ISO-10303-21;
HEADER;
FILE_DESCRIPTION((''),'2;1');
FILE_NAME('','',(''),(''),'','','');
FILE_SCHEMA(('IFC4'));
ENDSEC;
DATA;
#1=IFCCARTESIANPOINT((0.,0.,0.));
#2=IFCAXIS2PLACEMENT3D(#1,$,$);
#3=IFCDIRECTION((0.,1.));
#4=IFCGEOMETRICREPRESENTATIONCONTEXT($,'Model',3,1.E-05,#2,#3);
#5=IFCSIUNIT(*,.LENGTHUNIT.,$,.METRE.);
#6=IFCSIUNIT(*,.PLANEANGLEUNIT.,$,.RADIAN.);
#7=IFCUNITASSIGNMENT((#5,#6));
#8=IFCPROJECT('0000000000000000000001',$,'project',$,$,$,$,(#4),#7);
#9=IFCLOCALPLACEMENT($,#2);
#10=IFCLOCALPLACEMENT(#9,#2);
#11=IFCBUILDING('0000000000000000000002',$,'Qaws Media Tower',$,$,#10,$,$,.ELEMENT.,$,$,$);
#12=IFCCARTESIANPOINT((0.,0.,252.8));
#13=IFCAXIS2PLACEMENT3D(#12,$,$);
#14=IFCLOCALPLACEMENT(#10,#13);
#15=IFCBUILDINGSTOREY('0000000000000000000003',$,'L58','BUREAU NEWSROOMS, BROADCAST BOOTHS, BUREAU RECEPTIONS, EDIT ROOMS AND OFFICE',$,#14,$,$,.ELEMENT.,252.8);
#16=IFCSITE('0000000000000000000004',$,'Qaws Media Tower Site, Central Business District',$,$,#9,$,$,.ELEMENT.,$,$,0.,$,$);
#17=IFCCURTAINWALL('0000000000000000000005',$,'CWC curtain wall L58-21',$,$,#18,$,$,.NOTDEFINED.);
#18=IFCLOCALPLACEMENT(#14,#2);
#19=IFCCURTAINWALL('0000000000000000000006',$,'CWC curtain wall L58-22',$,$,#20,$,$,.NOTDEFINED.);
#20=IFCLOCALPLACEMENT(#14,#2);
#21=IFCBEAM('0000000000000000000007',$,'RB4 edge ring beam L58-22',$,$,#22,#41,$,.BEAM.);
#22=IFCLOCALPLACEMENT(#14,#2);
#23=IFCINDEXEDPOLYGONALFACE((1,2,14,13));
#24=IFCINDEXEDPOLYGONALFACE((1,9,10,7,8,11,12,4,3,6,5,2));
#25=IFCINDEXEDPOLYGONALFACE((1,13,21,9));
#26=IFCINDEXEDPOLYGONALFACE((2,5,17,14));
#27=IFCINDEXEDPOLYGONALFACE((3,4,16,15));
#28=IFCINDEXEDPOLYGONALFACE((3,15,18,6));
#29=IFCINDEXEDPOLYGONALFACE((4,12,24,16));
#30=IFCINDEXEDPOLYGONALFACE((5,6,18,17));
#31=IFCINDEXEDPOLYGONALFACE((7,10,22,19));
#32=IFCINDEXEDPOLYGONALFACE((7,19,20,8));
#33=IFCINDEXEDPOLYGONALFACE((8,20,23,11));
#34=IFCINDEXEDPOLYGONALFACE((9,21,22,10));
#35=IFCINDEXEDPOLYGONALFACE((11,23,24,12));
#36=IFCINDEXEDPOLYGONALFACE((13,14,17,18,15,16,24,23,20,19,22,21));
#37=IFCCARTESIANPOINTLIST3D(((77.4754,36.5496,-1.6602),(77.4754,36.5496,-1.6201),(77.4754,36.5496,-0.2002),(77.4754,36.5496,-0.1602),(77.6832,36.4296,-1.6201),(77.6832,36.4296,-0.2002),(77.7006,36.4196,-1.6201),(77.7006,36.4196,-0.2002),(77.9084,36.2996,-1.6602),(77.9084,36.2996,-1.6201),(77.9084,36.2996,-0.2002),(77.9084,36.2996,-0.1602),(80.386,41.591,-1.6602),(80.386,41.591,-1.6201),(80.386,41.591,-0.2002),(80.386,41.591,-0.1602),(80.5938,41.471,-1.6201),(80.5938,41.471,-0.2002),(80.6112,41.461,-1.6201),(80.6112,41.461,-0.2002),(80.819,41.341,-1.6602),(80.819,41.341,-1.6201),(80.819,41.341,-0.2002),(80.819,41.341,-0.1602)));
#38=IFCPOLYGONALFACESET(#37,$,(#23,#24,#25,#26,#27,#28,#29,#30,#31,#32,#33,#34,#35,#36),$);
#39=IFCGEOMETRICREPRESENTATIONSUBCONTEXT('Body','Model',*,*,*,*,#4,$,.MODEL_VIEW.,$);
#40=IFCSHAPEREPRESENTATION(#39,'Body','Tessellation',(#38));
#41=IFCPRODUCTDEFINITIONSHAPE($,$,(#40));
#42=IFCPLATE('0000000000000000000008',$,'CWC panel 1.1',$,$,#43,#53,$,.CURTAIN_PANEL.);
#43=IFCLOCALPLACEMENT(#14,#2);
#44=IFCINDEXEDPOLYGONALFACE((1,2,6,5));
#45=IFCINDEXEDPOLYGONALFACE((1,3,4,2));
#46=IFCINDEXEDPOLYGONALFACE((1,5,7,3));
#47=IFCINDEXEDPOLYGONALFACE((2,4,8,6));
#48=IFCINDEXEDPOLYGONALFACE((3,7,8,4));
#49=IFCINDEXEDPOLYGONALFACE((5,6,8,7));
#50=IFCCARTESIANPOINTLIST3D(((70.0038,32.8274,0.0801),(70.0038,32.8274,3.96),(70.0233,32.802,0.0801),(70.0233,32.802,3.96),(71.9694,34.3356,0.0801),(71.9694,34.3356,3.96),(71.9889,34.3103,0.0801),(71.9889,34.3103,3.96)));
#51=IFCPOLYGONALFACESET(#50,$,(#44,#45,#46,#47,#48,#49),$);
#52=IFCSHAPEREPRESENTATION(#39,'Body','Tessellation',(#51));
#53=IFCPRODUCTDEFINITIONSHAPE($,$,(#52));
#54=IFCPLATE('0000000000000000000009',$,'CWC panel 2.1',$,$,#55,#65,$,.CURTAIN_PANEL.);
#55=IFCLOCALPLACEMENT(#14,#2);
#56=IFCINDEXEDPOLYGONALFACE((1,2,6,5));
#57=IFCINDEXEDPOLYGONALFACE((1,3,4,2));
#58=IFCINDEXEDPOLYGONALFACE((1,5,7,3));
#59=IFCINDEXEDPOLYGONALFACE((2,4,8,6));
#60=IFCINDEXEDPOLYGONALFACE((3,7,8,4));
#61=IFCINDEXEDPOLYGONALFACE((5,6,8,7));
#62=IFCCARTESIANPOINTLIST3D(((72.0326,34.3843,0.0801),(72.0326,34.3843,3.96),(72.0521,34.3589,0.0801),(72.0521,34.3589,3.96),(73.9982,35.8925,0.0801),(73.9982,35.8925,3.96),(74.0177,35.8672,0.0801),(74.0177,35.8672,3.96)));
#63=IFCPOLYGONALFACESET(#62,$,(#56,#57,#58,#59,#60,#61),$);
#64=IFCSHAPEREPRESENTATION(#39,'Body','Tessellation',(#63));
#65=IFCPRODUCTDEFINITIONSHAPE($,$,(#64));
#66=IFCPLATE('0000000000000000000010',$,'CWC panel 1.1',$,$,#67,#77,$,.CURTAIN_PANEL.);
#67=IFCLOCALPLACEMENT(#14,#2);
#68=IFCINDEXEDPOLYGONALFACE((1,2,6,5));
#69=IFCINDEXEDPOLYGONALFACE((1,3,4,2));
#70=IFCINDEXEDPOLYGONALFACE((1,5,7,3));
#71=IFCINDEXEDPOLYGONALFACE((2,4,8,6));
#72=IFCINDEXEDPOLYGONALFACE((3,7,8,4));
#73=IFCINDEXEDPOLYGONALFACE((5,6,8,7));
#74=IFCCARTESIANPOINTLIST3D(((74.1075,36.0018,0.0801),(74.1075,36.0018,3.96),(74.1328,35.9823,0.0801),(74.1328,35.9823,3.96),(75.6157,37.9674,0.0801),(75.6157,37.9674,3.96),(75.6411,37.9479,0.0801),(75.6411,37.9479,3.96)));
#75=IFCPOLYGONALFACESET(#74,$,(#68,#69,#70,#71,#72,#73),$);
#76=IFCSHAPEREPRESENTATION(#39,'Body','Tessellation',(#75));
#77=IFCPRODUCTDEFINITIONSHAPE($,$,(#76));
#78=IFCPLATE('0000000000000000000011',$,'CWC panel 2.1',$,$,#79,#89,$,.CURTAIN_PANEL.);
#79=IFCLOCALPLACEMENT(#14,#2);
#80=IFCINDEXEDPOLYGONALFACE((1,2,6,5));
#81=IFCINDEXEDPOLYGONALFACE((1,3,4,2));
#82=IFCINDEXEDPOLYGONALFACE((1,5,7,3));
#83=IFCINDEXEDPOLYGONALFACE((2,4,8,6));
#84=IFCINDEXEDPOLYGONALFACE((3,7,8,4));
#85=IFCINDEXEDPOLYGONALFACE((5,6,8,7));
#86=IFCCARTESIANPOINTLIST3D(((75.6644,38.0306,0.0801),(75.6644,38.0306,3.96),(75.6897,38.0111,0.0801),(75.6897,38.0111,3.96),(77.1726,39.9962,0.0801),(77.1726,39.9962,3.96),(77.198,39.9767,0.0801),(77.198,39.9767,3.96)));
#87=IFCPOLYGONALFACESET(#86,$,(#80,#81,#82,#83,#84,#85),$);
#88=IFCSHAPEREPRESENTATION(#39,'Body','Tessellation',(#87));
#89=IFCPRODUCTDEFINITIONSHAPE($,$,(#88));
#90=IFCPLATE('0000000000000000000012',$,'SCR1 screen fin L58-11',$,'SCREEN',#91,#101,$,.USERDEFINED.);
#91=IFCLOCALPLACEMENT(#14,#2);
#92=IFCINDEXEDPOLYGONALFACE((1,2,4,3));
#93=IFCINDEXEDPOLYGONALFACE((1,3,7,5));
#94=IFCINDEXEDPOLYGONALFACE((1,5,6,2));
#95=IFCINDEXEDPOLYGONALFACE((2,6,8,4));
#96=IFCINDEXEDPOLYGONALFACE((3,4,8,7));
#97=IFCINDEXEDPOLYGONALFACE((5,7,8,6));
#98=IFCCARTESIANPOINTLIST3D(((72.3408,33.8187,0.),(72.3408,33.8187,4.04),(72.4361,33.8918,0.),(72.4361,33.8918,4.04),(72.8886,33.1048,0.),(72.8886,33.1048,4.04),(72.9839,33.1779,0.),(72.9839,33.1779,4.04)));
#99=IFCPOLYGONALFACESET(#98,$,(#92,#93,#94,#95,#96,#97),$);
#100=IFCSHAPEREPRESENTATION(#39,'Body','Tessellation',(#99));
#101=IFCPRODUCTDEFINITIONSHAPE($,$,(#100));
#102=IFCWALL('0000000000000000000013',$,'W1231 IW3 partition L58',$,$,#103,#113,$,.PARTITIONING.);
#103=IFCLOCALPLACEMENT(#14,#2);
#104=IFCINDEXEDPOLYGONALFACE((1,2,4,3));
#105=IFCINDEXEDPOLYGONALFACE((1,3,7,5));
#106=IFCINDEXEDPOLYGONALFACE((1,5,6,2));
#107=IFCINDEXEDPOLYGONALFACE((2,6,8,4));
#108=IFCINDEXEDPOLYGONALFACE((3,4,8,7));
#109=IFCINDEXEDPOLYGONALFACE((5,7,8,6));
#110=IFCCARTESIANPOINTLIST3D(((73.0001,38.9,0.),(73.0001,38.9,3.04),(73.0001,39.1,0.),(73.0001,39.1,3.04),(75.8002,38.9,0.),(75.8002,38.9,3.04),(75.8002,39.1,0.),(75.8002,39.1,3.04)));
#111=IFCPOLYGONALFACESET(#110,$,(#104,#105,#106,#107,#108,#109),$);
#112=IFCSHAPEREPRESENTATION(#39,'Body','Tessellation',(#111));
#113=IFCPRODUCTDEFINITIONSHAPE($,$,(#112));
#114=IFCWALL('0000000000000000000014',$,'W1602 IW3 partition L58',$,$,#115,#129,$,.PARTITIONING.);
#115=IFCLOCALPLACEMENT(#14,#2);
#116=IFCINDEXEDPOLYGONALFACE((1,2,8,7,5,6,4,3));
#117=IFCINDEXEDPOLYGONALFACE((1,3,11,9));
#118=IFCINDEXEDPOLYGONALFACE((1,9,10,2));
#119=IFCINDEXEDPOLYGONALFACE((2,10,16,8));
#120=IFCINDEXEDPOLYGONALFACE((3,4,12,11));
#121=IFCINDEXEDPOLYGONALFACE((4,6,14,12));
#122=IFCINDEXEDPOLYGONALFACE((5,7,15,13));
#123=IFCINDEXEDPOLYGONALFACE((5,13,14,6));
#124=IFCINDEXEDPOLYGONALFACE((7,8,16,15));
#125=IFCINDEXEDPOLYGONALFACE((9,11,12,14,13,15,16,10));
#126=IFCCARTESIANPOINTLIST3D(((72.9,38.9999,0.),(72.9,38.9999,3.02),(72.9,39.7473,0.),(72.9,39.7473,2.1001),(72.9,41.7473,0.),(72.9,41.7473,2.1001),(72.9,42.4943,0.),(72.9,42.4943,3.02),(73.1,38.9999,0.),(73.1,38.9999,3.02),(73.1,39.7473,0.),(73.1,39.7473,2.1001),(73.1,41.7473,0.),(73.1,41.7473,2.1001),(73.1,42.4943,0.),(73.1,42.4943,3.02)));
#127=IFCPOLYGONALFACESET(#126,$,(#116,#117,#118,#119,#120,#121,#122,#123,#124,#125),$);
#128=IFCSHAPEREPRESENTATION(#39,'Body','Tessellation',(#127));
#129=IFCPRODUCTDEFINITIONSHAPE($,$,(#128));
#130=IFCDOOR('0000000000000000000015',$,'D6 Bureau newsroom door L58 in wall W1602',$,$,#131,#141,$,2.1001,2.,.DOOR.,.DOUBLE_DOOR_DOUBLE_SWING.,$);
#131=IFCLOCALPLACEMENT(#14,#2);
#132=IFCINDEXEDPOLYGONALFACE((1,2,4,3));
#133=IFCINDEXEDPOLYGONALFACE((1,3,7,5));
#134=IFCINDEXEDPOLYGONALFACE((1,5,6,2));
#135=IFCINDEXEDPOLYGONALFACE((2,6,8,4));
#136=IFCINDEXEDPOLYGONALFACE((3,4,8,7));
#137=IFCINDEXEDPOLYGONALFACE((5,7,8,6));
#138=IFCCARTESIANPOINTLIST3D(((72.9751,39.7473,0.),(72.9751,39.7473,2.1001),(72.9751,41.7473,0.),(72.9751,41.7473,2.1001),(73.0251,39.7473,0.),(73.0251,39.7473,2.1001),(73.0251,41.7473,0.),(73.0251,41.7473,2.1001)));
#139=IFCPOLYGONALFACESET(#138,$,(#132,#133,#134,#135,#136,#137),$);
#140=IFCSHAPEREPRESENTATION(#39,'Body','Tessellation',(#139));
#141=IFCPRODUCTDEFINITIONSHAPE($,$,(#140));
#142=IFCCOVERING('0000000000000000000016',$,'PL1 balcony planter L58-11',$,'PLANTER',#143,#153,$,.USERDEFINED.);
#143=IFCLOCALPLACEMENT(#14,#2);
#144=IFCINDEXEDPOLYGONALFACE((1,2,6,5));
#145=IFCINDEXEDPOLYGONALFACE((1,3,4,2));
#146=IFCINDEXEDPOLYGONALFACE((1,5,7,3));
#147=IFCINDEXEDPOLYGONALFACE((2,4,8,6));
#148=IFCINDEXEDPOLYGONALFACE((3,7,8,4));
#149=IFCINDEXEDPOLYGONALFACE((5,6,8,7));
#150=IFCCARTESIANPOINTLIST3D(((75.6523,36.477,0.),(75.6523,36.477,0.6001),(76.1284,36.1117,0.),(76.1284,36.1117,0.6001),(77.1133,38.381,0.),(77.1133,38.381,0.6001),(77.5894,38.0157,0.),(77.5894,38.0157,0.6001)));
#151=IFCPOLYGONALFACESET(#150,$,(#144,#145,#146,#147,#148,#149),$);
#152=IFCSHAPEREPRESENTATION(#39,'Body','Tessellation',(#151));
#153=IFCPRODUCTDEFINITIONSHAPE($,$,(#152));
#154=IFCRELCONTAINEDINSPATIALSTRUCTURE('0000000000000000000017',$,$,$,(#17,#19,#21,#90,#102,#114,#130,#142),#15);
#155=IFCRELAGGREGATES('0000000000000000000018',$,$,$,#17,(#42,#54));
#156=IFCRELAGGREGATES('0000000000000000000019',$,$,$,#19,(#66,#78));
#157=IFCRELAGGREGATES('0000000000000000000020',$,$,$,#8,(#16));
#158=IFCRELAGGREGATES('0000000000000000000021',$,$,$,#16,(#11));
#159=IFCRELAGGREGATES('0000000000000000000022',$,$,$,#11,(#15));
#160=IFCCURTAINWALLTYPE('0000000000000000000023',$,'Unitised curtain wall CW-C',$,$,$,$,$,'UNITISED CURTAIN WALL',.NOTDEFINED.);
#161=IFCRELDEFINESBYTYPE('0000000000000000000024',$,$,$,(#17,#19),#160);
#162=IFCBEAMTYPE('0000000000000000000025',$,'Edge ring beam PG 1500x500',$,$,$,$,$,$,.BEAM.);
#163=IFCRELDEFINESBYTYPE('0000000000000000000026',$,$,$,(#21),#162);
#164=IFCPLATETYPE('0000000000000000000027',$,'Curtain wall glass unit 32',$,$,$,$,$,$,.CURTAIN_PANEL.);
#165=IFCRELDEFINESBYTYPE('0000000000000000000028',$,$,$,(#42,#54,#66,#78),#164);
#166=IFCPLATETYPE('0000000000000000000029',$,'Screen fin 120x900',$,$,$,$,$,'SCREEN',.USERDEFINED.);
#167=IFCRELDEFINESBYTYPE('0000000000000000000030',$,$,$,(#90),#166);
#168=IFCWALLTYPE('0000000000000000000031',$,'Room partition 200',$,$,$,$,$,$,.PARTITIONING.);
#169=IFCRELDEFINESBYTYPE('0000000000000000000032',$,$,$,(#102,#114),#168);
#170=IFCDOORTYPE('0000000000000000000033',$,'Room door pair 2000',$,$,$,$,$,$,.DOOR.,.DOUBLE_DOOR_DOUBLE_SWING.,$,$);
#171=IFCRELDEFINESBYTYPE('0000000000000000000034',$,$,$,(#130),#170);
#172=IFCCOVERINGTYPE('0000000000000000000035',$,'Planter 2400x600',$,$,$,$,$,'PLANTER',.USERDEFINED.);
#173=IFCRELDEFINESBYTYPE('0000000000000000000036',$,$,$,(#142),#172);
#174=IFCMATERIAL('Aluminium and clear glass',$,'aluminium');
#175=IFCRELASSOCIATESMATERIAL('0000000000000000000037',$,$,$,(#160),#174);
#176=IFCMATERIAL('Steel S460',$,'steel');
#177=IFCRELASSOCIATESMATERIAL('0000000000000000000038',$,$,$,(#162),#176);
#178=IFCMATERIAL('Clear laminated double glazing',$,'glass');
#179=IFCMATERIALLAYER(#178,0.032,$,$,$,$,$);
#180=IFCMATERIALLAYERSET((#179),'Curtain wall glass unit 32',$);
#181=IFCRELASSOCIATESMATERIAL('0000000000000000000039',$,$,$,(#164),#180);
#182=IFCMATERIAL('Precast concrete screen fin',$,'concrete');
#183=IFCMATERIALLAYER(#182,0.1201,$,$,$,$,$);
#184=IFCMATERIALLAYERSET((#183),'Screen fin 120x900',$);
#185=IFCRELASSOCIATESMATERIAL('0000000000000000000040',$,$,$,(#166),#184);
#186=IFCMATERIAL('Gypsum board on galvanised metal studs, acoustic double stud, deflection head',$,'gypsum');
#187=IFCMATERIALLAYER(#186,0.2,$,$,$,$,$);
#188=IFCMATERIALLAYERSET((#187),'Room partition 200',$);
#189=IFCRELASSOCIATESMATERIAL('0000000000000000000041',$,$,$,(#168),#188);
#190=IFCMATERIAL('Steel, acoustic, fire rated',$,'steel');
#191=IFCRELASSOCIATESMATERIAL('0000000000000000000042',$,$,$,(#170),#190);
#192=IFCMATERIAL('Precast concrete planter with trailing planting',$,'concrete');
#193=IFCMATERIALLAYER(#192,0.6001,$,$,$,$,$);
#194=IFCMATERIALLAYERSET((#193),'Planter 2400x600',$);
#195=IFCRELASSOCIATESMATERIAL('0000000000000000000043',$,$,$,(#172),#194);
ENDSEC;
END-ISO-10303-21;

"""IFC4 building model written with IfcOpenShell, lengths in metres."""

from ifc_helpers import new_model, si_unit, direction, frame, frame_2d, origin, origin_2d, place, context, subcontext, project, spatial, rectangle, i_section, extrude, material, layer, layer_set, material_profile, profile_set, type_object, element, fill, aggregate, save


model = new_model("IFC4")

# Units and contexts
model_context = context("Model", 3, precision=1e-05, world=origin(), true_north=direction((0.0, 1.0)))
body_context = subcontext(model_context, "Body", "Model", "MODEL_VIEW")
ifc_project = project(units=[si_unit("LENGTHUNIT", "METRE"), si_unit("PLANEANGLEUNIT", "RADIAN")], contexts=[model_context])

# Site, building, storey
site_placement = place(None, origin())
site = spatial("IfcSite", under=ifc_project, at=site_placement, Name="Qaws Media Tower Site, Central Business District", CompositionType="ELEMENT", RefElevation=0.0)
building_placement = place(site_placement, origin())
building = spatial("IfcBuilding", under=site, at=building_placement, Name="Qaws Media Tower", CompositionType="ELEMENT")
storey_placement = place(building_placement, frame((0.0, 0.0, 252.8)))
storey = spatial("IfcBuildingStorey", under=building, at=storey_placement, Name="L58", Description="BUREAU NEWSROOMS, BROADCAST BOOTHS, BUREAU RECEPTIONS, EDIT ROOMS AND OFFICE", CompositionType="ELEMENT", Elevation=252.8)

# Curtain walls
ifc_material_1 = material(Name="Aluminium and clear glass", Category="aluminium")
curtain_wall_type = type_object("IfcCurtainWallType", Name="Unitised curtain wall CW-C", ElementType="UNITISED CURTAIN WALL", PredefinedType="NOTDEFINED", material=ifc_material_1)
curtain_wall_1_placement = place(storey_placement, origin())
curtain_wall_1 = element("IfcCurtainWall", 1, at=curtain_wall_1_placement, inside=storey, type_object=curtain_wall_type, Name="CWC curtain wall L58-21", PredefinedType="NOTDEFINED")
curtain_wall_2_placement = place(storey_placement, origin())
curtain_wall_2 = element("IfcCurtainWall", 2, at=curtain_wall_2_placement, inside=storey, type_object=curtain_wall_type, Name="CWC curtain wall L58-22", PredefinedType="NOTDEFINED")

# Beam
ifc_material_2 = material(Name="Steel S460", Category="steel")
ifc_material_profile_1 = material_profile(ifc_material_2, i_section(OverallWidth=0.5, OverallDepth=1.5, WebThickness=0.02, FlangeThickness=0.04, at=origin_2d()), Name="PG 1500x500")
ifc_profile_set_1 = profile_set([ifc_material_profile_1], Name="Steel S460")
beam_type = type_object("IfcBeamType", Name="Edge ring beam PG 1500x500", PredefinedType="BEAM", material=ifc_profile_set_1)
beam_1_placement = place(storey_placement, frame((77.6919, 36.4246, -0.9102), z_axis=(0.499991, 0.866031, 0.0), x_axis=(-0.866031, 0.499991, 0.0)))
element("IfcBeam", 3, at=beam_1_placement, inside=storey, type_object=beam_type, Name="RB4 edge ring beam L58-22", PredefinedType="BEAM", context=body_context, shape_type="SweptSolid", body=[
    extrude(i_section(OverallWidth=0.5, OverallDepth=1.5, WebThickness=0.02, FlangeThickness=0.04, at=origin_2d()), origin(), (0.0, 0.0, 1.0), 5.8213),
])

# Plates
ifc_material_3 = material(Name="Clear laminated double glazing", Category="glass")
ifc_layer_1 = layer(ifc_material_3, 0.032)
ifc_layer_set_1 = layer_set([ifc_layer_1], Name="Curtain wall glass unit 32")
plate_type_1 = type_object("IfcPlateType", Name="Curtain wall glass unit 32", PredefinedType="CURTAIN_PANEL", material=ifc_layer_set_1)
plate_1_placement = place(storey_placement, frame((70.9963, 33.5688, 0.0801), z_axis=(0.0, 0.0, 1.0), x_axis=(0.793353, 0.608761, 0.0)))
plate_1 = element("IfcPlate", 4, at=plate_1_placement, type_object=plate_type_1, Name="CWC panel 1.1", PredefinedType="CURTAIN_PANEL", context=body_context, shape_type="SweptSolid", body=[
    extrude(rectangle(XDim=2.4775, YDim=0.032, at=origin_2d()), origin(), (0.0, 0.0, 1.0), 3.8799),
])
plate_2_placement = place(storey_placement, frame((73.0251, 35.1257, 0.0801), z_axis=(0.0, 0.0, 1.0), x_axis=(0.793353, 0.608761, 0.0)))
plate_2 = element("IfcPlate", 5, at=plate_2_placement, type_object=plate_type_1, Name="CWC panel 2.1", PredefinedType="CURTAIN_PANEL", context=body_context, shape_type="SweptSolid", body=[
    extrude(rectangle(XDim=2.4775, YDim=0.032, at=origin_2d()), origin(), (0.0, 0.0, 1.0), 3.8799),
])
aggregate(curtain_wall_1, [plate_1, plate_2])
plate_3_placement = place(storey_placement, frame((74.8743, 36.9749, 0.0801), z_axis=(0.0, 0.0, 1.0), x_axis=(0.608761, 0.793353, 0.0)))
plate_3 = element("IfcPlate", 6, at=plate_3_placement, type_object=plate_type_1, Name="CWC panel 1.1", PredefinedType="CURTAIN_PANEL", context=body_context, shape_type="SweptSolid", body=[
    extrude(rectangle(XDim=2.4775, YDim=0.032, at=origin_2d()), origin(), (0.0, 0.0, 1.0), 3.8799),
])
plate_4_placement = place(storey_placement, frame((76.4312, 39.0037, 0.0801), z_axis=(0.0, 0.0, 1.0), x_axis=(0.608761, 0.793353, 0.0)))
plate_4 = element("IfcPlate", 7, at=plate_4_placement, type_object=plate_type_1, Name="CWC panel 2.1", PredefinedType="CURTAIN_PANEL", context=body_context, shape_type="SweptSolid", body=[
    extrude(rectangle(XDim=2.4775, YDim=0.032, at=origin_2d()), origin(), (0.0, 0.0, 1.0), 3.8799),
])
aggregate(curtain_wall_2, [plate_3, plate_4])
ifc_material_4 = material(Name="Precast concrete screen fin", Category="concrete")
ifc_layer_2 = layer(ifc_material_4, 0.1201)
ifc_layer_set_2 = layer_set([ifc_layer_2], Name="Screen fin 120x900")
plate_type_2 = type_object("IfcPlateType", Name="Screen fin 120x900", ElementType="SCREEN", PredefinedType="USERDEFINED", material=ifc_layer_set_2)
plate_5_placement = place(storey_placement, frame((72.6624, 33.4983, 0.0), z_axis=(0.0, 0.0, 1.0), x_axis=(0.608761, -0.793353, 0.0)))
element("IfcPlate", 8, at=plate_5_placement, inside=storey, type_object=plate_type_2, Name="SCR1 screen fin L58-11", ObjectType="SCREEN", PredefinedType="USERDEFINED", context=body_context, shape_type="SweptSolid", body=[
    extrude(rectangle(XDim=0.8999, YDim=0.1201, at=origin_2d()), origin(), (0.0, 0.0, 1.0), 4.04),
])

# Wall
ifc_material_5 = material(Name="Gypsum board on galvanised metal studs, acoustic double stud, deflection head", Category="gypsum")
ifc_layer_3 = layer(ifc_material_5, 0.2)
ifc_layer_set_3 = layer_set([ifc_layer_3], Name="Room partition 200")
wall_type = type_object("IfcWallType", Name="Room partition 200", PredefinedType="PARTITIONING", material=ifc_layer_set_3)
wall_1_placement = place(storey_placement, frame((75.8, 39.0, 0.0), z_axis=(0.0, 0.0, 1.0), x_axis=(-1.0, 0.0, 0.0)))
element("IfcWall", 9, at=wall_1_placement, inside=storey, type_object=wall_type, Name="W1231 IW3 partition L58", PredefinedType="PARTITIONING", context=body_context, shape_type="SweptSolid", body=[
    extrude(rectangle(XDim=2.8, YDim=0.2, at=frame_2d((1.3999, 0.0))), origin(), (0.0, 0.0, 1.0), 3.04),
])

# Wall, opening, door
wall_2_placement = place(storey_placement, frame((73.0, 39.0, 0.0), z_axis=(0.0, 0.0, 1.0), x_axis=(0.0, 1.0, 0.0)))
wall_2 = element("IfcWall", 10, at=wall_2_placement, inside=storey, type_object=wall_type, Name="W1602 IW3 partition L58", PredefinedType="PARTITIONING", context=body_context, shape_type="SweptSolid", body=[
    extrude(rectangle(XDim=3.4944, YDim=0.2, at=frame_2d((1.7471, 0.0))), origin(), (0.0, 0.0, 1.0), 3.02),
])
opening_placement = place(wall_2_placement, frame((0.7473, 0.0, 0.0)))
opening = element("IfcOpeningElement", 11, at=opening_placement, cuts=wall_2, PredefinedType="OPENING", context=body_context, shape_type="SweptSolid", body=[
    extrude(rectangle(XDim=2.0, YDim=2.1001, at=frame_2d((1.0, 1.05))), frame((0.0, 0.1099, 0.0), z_axis=(0.0, -1.0, 0.0), x_axis=(1.0, 0.0, 0.0)), (0.0, 0.0, 1.0), 0.22),
])
ifc_material_6 = material(Name="Steel, acoustic, fire rated", Category="steel")
door_type = type_object("IfcDoorType", Name="Room door pair 2000", OperationType="DOUBLE_DOOR_DOUBLE_SWING", PredefinedType="DOOR", material=ifc_material_6)
door_placement = place(opening_placement, origin())
door = element("IfcDoor", 12, at=door_placement, inside=storey, type_object=door_type, Name="D6 Bureau newsroom door L58 in wall W1602", OperationType="DOUBLE_DOOR_DOUBLE_SWING", OverallHeight=2.1001, OverallWidth=2.0, PredefinedType="DOOR", context=body_context, shape_type="SweptSolid", body=[
    extrude(rectangle(XDim=2.0, YDim=2.1001, at=frame_2d((1.0, 1.05))), frame((0.0, 0.0249, 0.0), z_axis=(0.0, -1.0, 0.0), x_axis=(1.0, 0.0, 0.0)), (0.0, 0.0, 1.0), 0.05),
])
fill(opening, door)

# Covering
ifc_material_7 = material(Name="Precast concrete planter with trailing planting", Category="concrete")
ifc_layer_4 = layer(ifc_material_7, 0.6001)
ifc_layer_set_4 = layer_set([ifc_layer_4], Name="Planter 2400x600")
covering_type = type_object("IfcCoveringType", Name="Planter 2400x600", ElementType="PLANTER", PredefinedType="USERDEFINED", material=ifc_layer_set_4)
covering_placement = place(storey_placement, frame((76.6208, 37.2463, 0.0), z_axis=(0.0, 0.0, 1.0), x_axis=(0.608761, 0.793353, 0.0)))
element("IfcCovering", 13, at=covering_placement, inside=storey, type_object=covering_type, Name="PL1 balcony planter L58-11", ObjectType="PLANTER", PredefinedType="USERDEFINED", context=body_context, shape_type="SweptSolid", body=[
    extrude(rectangle(XDim=2.3999, YDim=0.6001, at=origin_2d()), origin(), (0.0, 0.0, 1.0), 0.6001),
])

save(model, "model.ifc")
